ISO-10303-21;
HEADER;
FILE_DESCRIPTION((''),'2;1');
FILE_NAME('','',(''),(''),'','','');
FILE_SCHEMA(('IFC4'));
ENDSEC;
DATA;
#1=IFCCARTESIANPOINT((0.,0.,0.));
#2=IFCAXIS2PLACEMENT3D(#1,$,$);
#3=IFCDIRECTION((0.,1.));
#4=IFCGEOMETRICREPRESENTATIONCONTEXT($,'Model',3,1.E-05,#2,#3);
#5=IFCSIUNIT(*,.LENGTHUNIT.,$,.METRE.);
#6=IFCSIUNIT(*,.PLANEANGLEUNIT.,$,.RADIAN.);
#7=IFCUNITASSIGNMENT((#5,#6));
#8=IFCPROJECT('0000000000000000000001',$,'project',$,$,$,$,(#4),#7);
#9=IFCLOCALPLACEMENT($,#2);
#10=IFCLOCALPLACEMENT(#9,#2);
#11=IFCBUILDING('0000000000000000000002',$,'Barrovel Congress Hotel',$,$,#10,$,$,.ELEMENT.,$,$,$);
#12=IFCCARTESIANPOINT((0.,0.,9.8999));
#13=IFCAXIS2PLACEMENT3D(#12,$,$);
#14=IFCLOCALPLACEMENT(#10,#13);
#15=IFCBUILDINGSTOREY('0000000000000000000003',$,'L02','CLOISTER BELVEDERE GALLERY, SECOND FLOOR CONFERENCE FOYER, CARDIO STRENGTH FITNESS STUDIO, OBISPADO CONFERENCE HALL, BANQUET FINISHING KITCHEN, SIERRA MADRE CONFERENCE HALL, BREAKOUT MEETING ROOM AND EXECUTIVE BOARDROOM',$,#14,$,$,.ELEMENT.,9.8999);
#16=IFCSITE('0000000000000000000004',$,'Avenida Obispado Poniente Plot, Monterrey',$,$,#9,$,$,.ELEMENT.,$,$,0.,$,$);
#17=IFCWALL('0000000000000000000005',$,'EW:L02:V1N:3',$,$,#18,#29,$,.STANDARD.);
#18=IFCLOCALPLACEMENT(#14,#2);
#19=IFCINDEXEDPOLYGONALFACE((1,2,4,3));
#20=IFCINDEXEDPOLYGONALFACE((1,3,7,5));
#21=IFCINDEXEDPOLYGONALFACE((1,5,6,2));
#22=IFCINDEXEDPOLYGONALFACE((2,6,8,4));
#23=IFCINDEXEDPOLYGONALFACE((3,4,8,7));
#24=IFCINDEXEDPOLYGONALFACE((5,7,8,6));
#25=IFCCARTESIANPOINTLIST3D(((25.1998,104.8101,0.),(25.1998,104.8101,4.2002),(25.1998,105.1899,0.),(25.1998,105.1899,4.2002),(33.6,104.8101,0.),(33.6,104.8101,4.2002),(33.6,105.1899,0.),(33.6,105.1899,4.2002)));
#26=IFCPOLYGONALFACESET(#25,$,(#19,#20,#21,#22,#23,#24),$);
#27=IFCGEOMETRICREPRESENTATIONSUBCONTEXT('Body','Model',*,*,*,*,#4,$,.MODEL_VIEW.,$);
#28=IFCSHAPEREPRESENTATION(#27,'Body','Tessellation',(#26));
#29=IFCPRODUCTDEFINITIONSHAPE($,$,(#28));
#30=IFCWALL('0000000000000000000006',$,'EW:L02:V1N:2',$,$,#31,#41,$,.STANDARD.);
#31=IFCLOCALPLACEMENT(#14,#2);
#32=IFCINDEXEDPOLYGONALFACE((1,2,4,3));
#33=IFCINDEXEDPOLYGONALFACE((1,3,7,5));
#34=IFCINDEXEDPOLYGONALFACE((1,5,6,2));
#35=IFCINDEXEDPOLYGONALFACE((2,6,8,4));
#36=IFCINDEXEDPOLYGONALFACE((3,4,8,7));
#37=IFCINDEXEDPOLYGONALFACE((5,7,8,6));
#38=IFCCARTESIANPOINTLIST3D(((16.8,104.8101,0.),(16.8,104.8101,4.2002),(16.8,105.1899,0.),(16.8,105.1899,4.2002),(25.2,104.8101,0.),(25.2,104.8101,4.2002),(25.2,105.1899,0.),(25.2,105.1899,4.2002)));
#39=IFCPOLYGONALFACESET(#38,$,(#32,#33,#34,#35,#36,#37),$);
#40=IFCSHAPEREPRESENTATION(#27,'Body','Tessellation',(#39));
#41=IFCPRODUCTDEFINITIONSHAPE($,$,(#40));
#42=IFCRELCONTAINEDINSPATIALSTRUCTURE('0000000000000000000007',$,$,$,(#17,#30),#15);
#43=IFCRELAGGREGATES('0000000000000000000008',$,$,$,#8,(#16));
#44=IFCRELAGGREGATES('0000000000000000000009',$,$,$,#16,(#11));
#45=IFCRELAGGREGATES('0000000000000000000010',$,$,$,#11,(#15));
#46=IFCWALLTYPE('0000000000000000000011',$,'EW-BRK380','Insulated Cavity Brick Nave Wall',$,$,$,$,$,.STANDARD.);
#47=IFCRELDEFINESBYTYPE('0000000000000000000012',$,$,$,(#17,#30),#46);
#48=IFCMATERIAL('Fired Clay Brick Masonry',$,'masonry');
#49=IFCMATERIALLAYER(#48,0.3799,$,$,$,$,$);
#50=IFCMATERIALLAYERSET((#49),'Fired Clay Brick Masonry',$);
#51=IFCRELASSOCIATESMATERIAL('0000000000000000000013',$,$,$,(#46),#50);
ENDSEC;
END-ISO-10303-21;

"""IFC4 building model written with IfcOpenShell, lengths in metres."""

from ifc_helpers import new_model, si_unit, direction, frame, frame_2d, origin, place, context, subcontext, project, spatial, rectangle, extrude, material, layer, layer_set, type_object, element, save


model = new_model("IFC4")

# Units and contexts
model_context = context("Model", 3, precision=1e-05, world=origin(), true_north=direction((0.0, 1.0)))
body_context = subcontext(model_context, "Body", "Model", "MODEL_VIEW")
ifc_project = project(units=[si_unit("LENGTHUNIT", "METRE"), si_unit("PLANEANGLEUNIT", "RADIAN")], contexts=[model_context])

# Site, building, storey
site_placement = place(None, origin())
site = spatial("IfcSite", under=ifc_project, at=site_placement, Name="Avenida Obispado Poniente Plot, Monterrey", CompositionType="ELEMENT", RefElevation=0.0)
building_placement = place(site_placement, origin())
building = spatial("IfcBuilding", under=site, at=building_placement, Name="Barrovel Congress Hotel", CompositionType="ELEMENT")
storey_placement = place(building_placement, frame((0.0, 0.0, 9.8999)))
storey = spatial("IfcBuildingStorey", under=building, at=storey_placement, Name="L02", Description="CLOISTER BELVEDERE GALLERY, SECOND FLOOR CONFERENCE FOYER, CARDIO STRENGTH FITNESS STUDIO, OBISPADO CONFERENCE HALL, BANQUET FINISHING KITCHEN, SIERRA MADRE CONFERENCE HALL, BREAKOUT MEETING ROOM AND EXECUTIVE BOARDROOM", CompositionType="ELEMENT", Elevation=9.8999)

# Walls
ifc_material_1 = material(Name="Fired Clay Brick Masonry", Category="masonry")
ifc_layer = layer(ifc_material_1, 0.3799)
ifc_layer_set = layer_set([ifc_layer], Name="Fired Clay Brick Masonry")
wall_type = type_object("IfcWallType", Name="EW-BRK380", Description="Insulated Cavity Brick Nave Wall", PredefinedType="STANDARD", material=ifc_layer_set)
wall_1_placement = place(storey_placement, frame((33.6001, 105.0, 0.0), z_axis=(0.0, 0.0, 1.0), x_axis=(-1.0, 0.0, 0.0)))
element("IfcWall", 1, at=wall_1_placement, inside=storey, type_object=wall_type, Name="EW:L02:V1N:3", PredefinedType="STANDARD", context=body_context, shape_type="SweptSolid", body=[
    extrude(rectangle(XDim=8.4001, YDim=0.3799, at=frame_2d((4.2002, 0.0))), origin(), (0.0, 0.0, 1.0), 4.2002),
])
wall_2_placement = place(storey_placement, frame((25.2, 105.0, 0.0), z_axis=(0.0, 0.0, 1.0), x_axis=(-1.0, 0.0, 0.0)))
element("IfcWall", 2, at=wall_2_placement, inside=storey, type_object=wall_type, Name="EW:L02:V1N:2", PredefinedType="STANDARD", context=body_context, shape_type="SweptSolid", body=[
    extrude(rectangle(XDim=8.3999, YDim=0.3799, at=frame_2d((4.2, 0.0))), origin(), (0.0, 0.0, 1.0), 4.2002),
])

save(model, "model.ifc")
